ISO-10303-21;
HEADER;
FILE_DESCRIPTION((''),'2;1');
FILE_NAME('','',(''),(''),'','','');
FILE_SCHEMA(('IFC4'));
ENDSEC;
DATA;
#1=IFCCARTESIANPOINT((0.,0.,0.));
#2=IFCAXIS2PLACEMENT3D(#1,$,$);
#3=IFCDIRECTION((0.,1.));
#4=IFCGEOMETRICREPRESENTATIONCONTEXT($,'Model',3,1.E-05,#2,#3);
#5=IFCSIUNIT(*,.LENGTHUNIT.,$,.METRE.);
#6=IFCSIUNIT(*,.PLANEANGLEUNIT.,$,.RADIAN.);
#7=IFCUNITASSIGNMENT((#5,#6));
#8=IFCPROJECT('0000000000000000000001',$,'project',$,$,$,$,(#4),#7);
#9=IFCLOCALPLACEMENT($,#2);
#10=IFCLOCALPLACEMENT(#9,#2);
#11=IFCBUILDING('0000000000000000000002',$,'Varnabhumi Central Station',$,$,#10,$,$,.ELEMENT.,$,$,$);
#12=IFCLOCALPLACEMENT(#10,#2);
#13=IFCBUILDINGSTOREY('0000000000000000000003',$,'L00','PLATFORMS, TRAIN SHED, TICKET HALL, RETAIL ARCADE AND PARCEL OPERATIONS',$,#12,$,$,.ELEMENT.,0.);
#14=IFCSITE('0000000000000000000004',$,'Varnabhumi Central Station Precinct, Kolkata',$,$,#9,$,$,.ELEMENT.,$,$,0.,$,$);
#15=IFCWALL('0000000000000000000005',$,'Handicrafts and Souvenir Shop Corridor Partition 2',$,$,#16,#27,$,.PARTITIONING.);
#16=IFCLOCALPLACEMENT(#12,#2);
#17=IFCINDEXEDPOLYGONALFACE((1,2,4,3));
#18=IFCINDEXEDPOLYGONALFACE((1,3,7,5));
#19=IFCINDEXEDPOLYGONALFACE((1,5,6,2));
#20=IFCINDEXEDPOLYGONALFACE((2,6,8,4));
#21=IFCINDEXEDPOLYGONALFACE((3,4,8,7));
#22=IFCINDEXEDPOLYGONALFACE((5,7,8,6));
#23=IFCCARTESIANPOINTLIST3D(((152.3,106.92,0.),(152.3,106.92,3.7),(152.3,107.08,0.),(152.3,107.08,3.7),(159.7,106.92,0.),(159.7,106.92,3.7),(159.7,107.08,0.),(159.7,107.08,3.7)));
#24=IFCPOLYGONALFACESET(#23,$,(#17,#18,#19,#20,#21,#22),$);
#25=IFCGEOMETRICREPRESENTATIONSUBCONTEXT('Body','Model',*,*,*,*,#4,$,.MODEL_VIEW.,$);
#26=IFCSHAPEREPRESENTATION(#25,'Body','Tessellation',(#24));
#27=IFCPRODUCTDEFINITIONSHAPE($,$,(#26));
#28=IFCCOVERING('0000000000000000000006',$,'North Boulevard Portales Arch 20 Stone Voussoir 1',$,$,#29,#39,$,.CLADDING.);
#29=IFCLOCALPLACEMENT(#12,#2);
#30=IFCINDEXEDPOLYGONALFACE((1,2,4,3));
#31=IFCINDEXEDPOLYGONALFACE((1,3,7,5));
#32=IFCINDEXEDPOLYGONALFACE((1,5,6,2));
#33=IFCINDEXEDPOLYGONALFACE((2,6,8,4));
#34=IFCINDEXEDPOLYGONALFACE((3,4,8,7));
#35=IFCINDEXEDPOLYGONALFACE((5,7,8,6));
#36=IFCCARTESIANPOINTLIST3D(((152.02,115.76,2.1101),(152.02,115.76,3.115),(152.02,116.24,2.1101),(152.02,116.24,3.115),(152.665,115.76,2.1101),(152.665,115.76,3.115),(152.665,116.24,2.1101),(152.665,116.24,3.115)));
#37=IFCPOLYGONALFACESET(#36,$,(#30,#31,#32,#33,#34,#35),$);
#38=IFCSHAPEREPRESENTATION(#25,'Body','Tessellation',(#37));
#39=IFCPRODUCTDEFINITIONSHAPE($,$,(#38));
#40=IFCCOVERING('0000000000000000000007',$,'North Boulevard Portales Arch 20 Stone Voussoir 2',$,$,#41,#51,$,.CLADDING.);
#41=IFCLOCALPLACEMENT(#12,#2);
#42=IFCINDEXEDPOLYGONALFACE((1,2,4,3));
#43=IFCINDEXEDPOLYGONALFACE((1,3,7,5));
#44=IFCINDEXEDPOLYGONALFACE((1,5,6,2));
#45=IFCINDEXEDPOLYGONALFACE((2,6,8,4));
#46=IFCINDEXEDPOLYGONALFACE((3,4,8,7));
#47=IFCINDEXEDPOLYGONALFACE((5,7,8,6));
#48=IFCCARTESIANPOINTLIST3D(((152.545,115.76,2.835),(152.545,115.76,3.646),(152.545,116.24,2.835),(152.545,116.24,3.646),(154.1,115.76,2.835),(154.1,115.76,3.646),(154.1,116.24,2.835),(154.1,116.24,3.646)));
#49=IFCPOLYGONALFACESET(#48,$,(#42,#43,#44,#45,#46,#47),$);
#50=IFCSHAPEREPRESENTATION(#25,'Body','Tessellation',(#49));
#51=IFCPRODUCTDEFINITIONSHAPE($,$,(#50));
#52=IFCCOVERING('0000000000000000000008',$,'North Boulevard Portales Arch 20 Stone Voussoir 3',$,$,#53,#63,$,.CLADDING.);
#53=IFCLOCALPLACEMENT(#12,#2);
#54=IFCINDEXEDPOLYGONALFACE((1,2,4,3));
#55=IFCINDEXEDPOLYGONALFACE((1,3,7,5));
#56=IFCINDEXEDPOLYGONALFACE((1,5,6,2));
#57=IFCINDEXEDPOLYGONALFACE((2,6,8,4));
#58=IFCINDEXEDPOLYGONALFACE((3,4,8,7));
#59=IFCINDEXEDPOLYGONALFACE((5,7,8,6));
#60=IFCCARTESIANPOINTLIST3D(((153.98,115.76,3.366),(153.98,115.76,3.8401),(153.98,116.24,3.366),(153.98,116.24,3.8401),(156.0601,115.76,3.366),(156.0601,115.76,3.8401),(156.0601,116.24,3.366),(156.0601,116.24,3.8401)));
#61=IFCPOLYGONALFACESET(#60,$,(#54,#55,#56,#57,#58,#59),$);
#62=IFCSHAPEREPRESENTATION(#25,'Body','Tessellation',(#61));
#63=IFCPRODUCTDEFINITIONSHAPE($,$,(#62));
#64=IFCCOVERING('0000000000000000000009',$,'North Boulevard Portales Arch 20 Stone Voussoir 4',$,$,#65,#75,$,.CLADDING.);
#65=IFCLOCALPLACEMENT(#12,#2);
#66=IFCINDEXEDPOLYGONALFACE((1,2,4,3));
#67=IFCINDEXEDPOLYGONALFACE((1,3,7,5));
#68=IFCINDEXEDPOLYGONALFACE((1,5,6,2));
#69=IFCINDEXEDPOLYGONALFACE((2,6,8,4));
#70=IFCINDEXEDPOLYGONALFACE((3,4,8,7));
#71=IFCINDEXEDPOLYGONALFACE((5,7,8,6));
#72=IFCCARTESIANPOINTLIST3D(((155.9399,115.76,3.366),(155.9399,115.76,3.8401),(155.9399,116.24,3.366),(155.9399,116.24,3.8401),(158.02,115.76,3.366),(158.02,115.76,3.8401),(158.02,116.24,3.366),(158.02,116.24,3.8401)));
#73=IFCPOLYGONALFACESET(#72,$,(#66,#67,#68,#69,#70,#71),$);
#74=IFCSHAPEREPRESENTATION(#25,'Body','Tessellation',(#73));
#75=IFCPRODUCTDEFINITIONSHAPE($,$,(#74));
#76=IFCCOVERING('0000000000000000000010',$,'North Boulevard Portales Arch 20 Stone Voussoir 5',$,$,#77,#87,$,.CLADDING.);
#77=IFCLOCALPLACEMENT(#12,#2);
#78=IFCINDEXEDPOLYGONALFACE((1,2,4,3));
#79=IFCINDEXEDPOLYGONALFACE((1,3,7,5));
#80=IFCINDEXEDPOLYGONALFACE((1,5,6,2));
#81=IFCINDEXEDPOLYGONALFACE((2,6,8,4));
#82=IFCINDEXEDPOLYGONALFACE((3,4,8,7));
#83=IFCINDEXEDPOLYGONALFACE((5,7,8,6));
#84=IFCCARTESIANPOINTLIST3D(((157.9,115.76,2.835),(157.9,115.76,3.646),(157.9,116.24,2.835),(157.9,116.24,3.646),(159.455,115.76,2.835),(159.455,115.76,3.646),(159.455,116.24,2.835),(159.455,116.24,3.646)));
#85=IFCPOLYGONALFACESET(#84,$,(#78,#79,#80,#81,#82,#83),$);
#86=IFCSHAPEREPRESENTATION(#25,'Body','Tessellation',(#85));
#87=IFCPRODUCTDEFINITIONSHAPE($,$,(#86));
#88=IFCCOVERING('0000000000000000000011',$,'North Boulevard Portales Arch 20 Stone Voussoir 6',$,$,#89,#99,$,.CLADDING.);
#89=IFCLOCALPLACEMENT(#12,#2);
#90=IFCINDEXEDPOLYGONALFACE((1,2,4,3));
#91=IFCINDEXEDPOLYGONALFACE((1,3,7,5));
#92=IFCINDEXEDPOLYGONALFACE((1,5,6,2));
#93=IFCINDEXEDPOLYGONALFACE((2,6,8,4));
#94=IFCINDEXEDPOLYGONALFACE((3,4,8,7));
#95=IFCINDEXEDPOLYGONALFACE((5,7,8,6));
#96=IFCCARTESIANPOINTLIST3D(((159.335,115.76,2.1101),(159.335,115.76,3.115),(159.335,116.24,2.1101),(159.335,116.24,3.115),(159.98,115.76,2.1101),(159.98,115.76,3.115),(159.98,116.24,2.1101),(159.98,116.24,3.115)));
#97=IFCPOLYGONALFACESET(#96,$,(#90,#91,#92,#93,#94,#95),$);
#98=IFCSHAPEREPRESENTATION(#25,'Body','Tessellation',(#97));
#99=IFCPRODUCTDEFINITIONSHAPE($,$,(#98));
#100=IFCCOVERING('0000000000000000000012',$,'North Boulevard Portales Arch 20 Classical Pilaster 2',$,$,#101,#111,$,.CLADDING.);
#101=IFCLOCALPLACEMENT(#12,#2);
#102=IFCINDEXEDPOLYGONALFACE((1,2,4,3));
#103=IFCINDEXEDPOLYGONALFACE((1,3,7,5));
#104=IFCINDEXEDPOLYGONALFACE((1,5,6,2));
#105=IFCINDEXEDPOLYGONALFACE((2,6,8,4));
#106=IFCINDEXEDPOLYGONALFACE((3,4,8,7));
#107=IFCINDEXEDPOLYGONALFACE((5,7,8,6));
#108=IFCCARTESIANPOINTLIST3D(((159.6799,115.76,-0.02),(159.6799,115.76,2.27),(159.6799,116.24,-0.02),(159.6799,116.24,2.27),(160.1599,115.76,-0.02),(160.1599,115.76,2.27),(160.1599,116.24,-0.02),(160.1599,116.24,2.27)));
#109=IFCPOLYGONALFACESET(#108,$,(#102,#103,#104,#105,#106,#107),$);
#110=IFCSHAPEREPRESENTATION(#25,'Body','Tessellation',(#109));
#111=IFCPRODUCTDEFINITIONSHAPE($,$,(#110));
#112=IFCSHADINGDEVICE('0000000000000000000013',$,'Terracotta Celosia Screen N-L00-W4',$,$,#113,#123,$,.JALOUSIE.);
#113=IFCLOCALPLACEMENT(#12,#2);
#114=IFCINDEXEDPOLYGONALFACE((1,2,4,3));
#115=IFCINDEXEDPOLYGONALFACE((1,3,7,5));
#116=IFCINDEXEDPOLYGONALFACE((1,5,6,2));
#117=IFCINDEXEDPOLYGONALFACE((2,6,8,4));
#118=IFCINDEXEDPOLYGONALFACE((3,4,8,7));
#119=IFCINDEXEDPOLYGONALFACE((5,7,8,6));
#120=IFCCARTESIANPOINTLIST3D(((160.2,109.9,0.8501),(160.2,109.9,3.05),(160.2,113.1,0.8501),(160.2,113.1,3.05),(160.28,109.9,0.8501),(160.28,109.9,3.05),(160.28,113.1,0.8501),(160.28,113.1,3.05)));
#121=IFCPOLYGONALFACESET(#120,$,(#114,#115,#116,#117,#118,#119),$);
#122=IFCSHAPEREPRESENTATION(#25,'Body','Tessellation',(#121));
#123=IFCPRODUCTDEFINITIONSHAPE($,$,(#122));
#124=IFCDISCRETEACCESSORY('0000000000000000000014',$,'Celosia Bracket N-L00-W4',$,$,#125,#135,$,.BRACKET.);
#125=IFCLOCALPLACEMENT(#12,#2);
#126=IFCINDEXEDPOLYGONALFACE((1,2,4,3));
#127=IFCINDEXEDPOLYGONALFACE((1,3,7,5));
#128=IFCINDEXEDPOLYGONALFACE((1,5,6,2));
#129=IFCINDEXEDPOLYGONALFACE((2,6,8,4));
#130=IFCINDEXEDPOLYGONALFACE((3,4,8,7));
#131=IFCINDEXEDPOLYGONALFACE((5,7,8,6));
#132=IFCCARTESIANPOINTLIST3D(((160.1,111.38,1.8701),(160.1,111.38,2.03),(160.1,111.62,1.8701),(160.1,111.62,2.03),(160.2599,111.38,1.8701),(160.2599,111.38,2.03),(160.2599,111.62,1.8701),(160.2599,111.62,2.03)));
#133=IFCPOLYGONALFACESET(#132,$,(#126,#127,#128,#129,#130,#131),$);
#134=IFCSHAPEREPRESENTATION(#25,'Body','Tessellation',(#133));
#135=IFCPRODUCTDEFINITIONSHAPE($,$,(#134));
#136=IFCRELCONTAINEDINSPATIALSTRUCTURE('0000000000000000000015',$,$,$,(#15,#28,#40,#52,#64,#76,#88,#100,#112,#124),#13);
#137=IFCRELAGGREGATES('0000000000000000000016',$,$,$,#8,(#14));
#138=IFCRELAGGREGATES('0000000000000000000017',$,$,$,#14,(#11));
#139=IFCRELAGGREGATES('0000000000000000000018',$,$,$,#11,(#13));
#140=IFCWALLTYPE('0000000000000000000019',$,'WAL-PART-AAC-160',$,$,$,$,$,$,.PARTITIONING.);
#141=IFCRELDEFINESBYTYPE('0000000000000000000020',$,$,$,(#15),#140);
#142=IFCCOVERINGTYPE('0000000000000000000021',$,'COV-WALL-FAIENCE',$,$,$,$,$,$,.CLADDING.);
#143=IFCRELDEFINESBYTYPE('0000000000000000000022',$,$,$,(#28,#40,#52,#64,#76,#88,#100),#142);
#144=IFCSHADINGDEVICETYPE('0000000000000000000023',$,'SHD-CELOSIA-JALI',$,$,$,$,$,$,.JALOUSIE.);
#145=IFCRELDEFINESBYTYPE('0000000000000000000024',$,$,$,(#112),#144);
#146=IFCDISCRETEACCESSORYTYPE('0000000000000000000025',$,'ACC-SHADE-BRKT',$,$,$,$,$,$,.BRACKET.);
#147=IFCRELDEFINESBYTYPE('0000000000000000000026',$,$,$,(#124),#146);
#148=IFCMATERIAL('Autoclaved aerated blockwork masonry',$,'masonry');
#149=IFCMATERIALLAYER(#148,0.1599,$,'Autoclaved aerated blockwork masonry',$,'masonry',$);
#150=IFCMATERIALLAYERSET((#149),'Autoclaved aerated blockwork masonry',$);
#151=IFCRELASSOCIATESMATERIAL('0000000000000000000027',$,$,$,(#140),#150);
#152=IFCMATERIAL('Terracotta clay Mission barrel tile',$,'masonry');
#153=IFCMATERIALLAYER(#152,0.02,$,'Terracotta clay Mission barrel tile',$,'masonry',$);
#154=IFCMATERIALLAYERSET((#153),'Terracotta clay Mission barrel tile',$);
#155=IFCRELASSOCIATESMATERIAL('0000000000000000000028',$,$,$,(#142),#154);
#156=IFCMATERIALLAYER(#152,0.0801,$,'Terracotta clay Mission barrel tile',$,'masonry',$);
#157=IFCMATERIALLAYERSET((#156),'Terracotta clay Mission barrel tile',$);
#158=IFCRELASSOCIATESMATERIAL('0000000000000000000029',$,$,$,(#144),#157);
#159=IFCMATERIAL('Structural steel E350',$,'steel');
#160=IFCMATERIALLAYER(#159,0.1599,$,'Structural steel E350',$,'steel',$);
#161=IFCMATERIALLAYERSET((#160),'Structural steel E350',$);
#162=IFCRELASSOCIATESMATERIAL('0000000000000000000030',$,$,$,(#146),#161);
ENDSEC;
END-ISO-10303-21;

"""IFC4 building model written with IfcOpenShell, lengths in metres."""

from ifc_helpers import new_model, si_unit, direction, frame, frame_2d, origin, origin_2d, place, context, subcontext, project, spatial, rectangle, extrude, material, layer, layer_set, type_object, element, save


model = new_model("IFC4")

# Units and contexts
model_context = context("Model", 3, precision=1e-05, world=origin(), true_north=direction((0.0, 1.0)))
body_context = subcontext(model_context, "Body", "Model", "MODEL_VIEW")
ifc_project = project(units=[si_unit("LENGTHUNIT", "METRE"), si_unit("PLANEANGLEUNIT", "RADIAN")], contexts=[model_context])

# Site, building, storey
site_placement = place(None, origin())
site = spatial("IfcSite", under=ifc_project, at=site_placement, Name="Varnabhumi Central Station Precinct, Kolkata", CompositionType="ELEMENT", RefElevation=0.0)
building_placement = place(site_placement, origin())
building = spatial("IfcBuilding", under=site, at=building_placement, Name="Varnabhumi Central Station", CompositionType="ELEMENT")
storey_placement = place(building_placement, origin())
storey = spatial("IfcBuildingStorey", under=building, at=storey_placement, Name="L00", Description="PLATFORMS, TRAIN SHED, TICKET HALL, RETAIL ARCADE AND PARCEL OPERATIONS", CompositionType="ELEMENT", Elevation=0.0)

# Wall
ifc_material_1 = material(Name="Autoclaved aerated blockwork masonry", Category="masonry")
ifc_layer_1 = layer(ifc_material_1, 0.1599, Name="Autoclaved aerated blockwork masonry", Category="masonry")
ifc_layer_set_1 = layer_set([ifc_layer_1], Name="Autoclaved aerated blockwork masonry")
wall_type_1 = type_object("IfcWallType", Name="WAL-PART-AAC-160", PredefinedType="PARTITIONING", material=ifc_layer_set_1)
wall_1_placement = place(storey_placement, frame((152.3, 107.0, 0.0), z_axis=(0.0, 0.0, 1.0), x_axis=(1.0, 0.0, 0.0)))
element("IfcWall", 1, at=wall_1_placement, inside=storey, type_object=wall_type_1, Name="Handicrafts and Souvenir Shop Corridor Partition 2", PredefinedType="PARTITIONING", context=body_context, shape_type="SweptSolid", body=[
    extrude(rectangle(XDim=7.3999, YDim=0.1599, at=frame_2d((3.7, 0.0))), origin(), (0.0, 0.0, 1.0), 3.7),
])

# Coverings
ifc_material_2 = material(Name="Terracotta clay Mission barrel tile", Category="masonry")
ifc_layer_2 = layer(ifc_material_2, 0.02, Name="Terracotta clay Mission barrel tile", Category="masonry")
ifc_layer_set_2 = layer_set([ifc_layer_2], Name="Terracotta clay Mission barrel tile")
covering_type = type_object("IfcCoveringType", Name="COV-WALL-FAIENCE", PredefinedType="CLADDING", material=ifc_layer_set_2)
covering_1_placement = place(storey_placement, frame((152.3425, 116.0, 2.1101), z_axis=(0.0, 0.0, 1.0), x_axis=(1.0, 0.0, 0.0)))
element("IfcCovering", 2, at=covering_1_placement, inside=storey, type_object=covering_type, Name="North Boulevard Portales Arch 20 Stone Voussoir 1", PredefinedType="CLADDING", context=body_context, shape_type="SweptSolid", body=[
    extrude(rectangle(XDim=0.645, YDim=0.48, at=origin_2d()), origin(), (0.0, 0.0, 1.0), 1.0049),
])
covering_2_placement = place(storey_placement, frame((153.3225, 116.0, 2.835), z_axis=(0.0, 0.0, 1.0), x_axis=(1.0, 0.0, 0.0)))
element("IfcCovering", 3, at=covering_2_placement, inside=storey, type_object=covering_type, Name="North Boulevard Portales Arch 20 Stone Voussoir 2", PredefinedType="CLADDING", context=body_context, shape_type="SweptSolid", body=[
    extrude(rectangle(XDim=1.5549, YDim=0.48, at=origin_2d()), origin(), (0.0, 0.0, 1.0), 0.811),
])
for number, where, z_axis, x_axis, name in (
    (4, (155.02, 116.0, 3.366), (0.0, 0.0, 1.0), (1.0, 0.0, 0.0), "North Boulevard Portales Arch 20 Stone Voussoir 3"),
    (5, (156.98, 116.0, 3.366), (0.0, 0.0, 1.0), (1.0, 0.0, 0.0), "North Boulevard Portales Arch 20 Stone Voussoir 4"),
):
    element("IfcCovering", number, at=place(storey_placement, frame(where, z_axis=z_axis, x_axis=x_axis)), inside=storey, type_object=covering_type, Name=name, PredefinedType="CLADDING", context=body_context, shape_type="SweptSolid", body=[
        extrude(rectangle(XDim=2.0801, YDim=0.48, at=origin_2d()), origin(), (0.0, 0.0, 1.0), 0.4741),
    ])
covering_3_placement = place(storey_placement, frame((158.6775, 116.0, 2.835), z_axis=(0.0, 0.0, 1.0), x_axis=(1.0, 0.0, 0.0)))
element("IfcCovering", 6, at=covering_3_placement, inside=storey, type_object=covering_type, Name="North Boulevard Portales Arch 20 Stone Voussoir 5", PredefinedType="CLADDING", context=body_context, shape_type="SweptSolid", body=[
    extrude(rectangle(XDim=1.5549, YDim=0.48, at=origin_2d()), origin(), (0.0, 0.0, 1.0), 0.811),
])
covering_4_placement = place(storey_placement, frame((159.6575, 116.0, 2.1101), z_axis=(0.0, 0.0, 1.0), x_axis=(1.0, 0.0, 0.0)))
element("IfcCovering", 7, at=covering_4_placement, inside=storey, type_object=covering_type, Name="North Boulevard Portales Arch 20 Stone Voussoir 6", PredefinedType="CLADDING", context=body_context, shape_type="SweptSolid", body=[
    extrude(rectangle(XDim=0.645, YDim=0.48, at=origin_2d()), origin(), (0.0, 0.0, 1.0), 1.0049),
])
covering_5_placement = place(storey_placement, frame((159.9199, 116.0, -0.02), z_axis=(0.0, 0.0, 1.0), x_axis=(1.0, 0.0, 0.0)))
element("IfcCovering", 8, at=covering_5_placement, inside=storey, type_object=covering_type, Name="North Boulevard Portales Arch 20 Classical Pilaster 2", PredefinedType="CLADDING", context=body_context, shape_type="SweptSolid", body=[
    extrude(rectangle(XDim=0.48, YDim=0.48, at=origin_2d()), origin(), (0.0, 0.0, 1.0), 2.29),
])

# Shading device
ifc_layer_3 = layer(ifc_material_2, 0.0801, Name="Terracotta clay Mission barrel tile", Category="masonry")
ifc_layer_set_3 = layer_set([ifc_layer_3], Name="Terracotta clay Mission barrel tile")
shading_device_type = type_object("IfcShadingDeviceType", Name="SHD-CELOSIA-JALI", PredefinedType="JALOUSIE", material=ifc_layer_set_3)
shading_device_placement = place(storey_placement, frame((160.24, 111.5, 0.8501), z_axis=(0.0, 0.0, 1.0), x_axis=(1.0, 0.0, 0.0)))
element("IfcShadingDevice", 9, at=shading_device_placement, inside=storey, type_object=shading_device_type, Name="Terracotta Celosia Screen N-L00-W4", PredefinedType="JALOUSIE", context=body_context, shape_type="SweptSolid", body=[
    extrude(rectangle(XDim=0.0801, YDim=3.2, at=origin_2d()), origin(), (0.0, 0.0, 1.0), 2.2),
])

# Discrete accessory
ifc_material_3 = material(Name="Structural steel E350", Category="steel")
ifc_layer_4 = layer(ifc_material_3, 0.1599, Name="Structural steel E350", Category="steel")
ifc_layer_set_4 = layer_set([ifc_layer_4], Name="Structural steel E350")
discrete_accessory_type = type_object("IfcDiscreteAccessoryType", Name="ACC-SHADE-BRKT", PredefinedType="BRACKET", material=ifc_layer_set_4)
discrete_accessory_placement = place(storey_placement, frame((160.1799, 111.5, 1.8701), z_axis=(0.0, 0.0, 1.0), x_axis=(1.0, 0.0, 0.0)))
element("IfcDiscreteAccessory", 10, at=discrete_accessory_placement, inside=storey, type_object=discrete_accessory_type, Name="Celosia Bracket N-L00-W4", PredefinedType="BRACKET", context=body_context, shape_type="SweptSolid", body=[
    extrude(rectangle(XDim=0.1599, YDim=0.24, at=origin_2d()), origin(), (0.0, 0.0, 1.0), 0.1599),
])

save(model, "model.ifc")
